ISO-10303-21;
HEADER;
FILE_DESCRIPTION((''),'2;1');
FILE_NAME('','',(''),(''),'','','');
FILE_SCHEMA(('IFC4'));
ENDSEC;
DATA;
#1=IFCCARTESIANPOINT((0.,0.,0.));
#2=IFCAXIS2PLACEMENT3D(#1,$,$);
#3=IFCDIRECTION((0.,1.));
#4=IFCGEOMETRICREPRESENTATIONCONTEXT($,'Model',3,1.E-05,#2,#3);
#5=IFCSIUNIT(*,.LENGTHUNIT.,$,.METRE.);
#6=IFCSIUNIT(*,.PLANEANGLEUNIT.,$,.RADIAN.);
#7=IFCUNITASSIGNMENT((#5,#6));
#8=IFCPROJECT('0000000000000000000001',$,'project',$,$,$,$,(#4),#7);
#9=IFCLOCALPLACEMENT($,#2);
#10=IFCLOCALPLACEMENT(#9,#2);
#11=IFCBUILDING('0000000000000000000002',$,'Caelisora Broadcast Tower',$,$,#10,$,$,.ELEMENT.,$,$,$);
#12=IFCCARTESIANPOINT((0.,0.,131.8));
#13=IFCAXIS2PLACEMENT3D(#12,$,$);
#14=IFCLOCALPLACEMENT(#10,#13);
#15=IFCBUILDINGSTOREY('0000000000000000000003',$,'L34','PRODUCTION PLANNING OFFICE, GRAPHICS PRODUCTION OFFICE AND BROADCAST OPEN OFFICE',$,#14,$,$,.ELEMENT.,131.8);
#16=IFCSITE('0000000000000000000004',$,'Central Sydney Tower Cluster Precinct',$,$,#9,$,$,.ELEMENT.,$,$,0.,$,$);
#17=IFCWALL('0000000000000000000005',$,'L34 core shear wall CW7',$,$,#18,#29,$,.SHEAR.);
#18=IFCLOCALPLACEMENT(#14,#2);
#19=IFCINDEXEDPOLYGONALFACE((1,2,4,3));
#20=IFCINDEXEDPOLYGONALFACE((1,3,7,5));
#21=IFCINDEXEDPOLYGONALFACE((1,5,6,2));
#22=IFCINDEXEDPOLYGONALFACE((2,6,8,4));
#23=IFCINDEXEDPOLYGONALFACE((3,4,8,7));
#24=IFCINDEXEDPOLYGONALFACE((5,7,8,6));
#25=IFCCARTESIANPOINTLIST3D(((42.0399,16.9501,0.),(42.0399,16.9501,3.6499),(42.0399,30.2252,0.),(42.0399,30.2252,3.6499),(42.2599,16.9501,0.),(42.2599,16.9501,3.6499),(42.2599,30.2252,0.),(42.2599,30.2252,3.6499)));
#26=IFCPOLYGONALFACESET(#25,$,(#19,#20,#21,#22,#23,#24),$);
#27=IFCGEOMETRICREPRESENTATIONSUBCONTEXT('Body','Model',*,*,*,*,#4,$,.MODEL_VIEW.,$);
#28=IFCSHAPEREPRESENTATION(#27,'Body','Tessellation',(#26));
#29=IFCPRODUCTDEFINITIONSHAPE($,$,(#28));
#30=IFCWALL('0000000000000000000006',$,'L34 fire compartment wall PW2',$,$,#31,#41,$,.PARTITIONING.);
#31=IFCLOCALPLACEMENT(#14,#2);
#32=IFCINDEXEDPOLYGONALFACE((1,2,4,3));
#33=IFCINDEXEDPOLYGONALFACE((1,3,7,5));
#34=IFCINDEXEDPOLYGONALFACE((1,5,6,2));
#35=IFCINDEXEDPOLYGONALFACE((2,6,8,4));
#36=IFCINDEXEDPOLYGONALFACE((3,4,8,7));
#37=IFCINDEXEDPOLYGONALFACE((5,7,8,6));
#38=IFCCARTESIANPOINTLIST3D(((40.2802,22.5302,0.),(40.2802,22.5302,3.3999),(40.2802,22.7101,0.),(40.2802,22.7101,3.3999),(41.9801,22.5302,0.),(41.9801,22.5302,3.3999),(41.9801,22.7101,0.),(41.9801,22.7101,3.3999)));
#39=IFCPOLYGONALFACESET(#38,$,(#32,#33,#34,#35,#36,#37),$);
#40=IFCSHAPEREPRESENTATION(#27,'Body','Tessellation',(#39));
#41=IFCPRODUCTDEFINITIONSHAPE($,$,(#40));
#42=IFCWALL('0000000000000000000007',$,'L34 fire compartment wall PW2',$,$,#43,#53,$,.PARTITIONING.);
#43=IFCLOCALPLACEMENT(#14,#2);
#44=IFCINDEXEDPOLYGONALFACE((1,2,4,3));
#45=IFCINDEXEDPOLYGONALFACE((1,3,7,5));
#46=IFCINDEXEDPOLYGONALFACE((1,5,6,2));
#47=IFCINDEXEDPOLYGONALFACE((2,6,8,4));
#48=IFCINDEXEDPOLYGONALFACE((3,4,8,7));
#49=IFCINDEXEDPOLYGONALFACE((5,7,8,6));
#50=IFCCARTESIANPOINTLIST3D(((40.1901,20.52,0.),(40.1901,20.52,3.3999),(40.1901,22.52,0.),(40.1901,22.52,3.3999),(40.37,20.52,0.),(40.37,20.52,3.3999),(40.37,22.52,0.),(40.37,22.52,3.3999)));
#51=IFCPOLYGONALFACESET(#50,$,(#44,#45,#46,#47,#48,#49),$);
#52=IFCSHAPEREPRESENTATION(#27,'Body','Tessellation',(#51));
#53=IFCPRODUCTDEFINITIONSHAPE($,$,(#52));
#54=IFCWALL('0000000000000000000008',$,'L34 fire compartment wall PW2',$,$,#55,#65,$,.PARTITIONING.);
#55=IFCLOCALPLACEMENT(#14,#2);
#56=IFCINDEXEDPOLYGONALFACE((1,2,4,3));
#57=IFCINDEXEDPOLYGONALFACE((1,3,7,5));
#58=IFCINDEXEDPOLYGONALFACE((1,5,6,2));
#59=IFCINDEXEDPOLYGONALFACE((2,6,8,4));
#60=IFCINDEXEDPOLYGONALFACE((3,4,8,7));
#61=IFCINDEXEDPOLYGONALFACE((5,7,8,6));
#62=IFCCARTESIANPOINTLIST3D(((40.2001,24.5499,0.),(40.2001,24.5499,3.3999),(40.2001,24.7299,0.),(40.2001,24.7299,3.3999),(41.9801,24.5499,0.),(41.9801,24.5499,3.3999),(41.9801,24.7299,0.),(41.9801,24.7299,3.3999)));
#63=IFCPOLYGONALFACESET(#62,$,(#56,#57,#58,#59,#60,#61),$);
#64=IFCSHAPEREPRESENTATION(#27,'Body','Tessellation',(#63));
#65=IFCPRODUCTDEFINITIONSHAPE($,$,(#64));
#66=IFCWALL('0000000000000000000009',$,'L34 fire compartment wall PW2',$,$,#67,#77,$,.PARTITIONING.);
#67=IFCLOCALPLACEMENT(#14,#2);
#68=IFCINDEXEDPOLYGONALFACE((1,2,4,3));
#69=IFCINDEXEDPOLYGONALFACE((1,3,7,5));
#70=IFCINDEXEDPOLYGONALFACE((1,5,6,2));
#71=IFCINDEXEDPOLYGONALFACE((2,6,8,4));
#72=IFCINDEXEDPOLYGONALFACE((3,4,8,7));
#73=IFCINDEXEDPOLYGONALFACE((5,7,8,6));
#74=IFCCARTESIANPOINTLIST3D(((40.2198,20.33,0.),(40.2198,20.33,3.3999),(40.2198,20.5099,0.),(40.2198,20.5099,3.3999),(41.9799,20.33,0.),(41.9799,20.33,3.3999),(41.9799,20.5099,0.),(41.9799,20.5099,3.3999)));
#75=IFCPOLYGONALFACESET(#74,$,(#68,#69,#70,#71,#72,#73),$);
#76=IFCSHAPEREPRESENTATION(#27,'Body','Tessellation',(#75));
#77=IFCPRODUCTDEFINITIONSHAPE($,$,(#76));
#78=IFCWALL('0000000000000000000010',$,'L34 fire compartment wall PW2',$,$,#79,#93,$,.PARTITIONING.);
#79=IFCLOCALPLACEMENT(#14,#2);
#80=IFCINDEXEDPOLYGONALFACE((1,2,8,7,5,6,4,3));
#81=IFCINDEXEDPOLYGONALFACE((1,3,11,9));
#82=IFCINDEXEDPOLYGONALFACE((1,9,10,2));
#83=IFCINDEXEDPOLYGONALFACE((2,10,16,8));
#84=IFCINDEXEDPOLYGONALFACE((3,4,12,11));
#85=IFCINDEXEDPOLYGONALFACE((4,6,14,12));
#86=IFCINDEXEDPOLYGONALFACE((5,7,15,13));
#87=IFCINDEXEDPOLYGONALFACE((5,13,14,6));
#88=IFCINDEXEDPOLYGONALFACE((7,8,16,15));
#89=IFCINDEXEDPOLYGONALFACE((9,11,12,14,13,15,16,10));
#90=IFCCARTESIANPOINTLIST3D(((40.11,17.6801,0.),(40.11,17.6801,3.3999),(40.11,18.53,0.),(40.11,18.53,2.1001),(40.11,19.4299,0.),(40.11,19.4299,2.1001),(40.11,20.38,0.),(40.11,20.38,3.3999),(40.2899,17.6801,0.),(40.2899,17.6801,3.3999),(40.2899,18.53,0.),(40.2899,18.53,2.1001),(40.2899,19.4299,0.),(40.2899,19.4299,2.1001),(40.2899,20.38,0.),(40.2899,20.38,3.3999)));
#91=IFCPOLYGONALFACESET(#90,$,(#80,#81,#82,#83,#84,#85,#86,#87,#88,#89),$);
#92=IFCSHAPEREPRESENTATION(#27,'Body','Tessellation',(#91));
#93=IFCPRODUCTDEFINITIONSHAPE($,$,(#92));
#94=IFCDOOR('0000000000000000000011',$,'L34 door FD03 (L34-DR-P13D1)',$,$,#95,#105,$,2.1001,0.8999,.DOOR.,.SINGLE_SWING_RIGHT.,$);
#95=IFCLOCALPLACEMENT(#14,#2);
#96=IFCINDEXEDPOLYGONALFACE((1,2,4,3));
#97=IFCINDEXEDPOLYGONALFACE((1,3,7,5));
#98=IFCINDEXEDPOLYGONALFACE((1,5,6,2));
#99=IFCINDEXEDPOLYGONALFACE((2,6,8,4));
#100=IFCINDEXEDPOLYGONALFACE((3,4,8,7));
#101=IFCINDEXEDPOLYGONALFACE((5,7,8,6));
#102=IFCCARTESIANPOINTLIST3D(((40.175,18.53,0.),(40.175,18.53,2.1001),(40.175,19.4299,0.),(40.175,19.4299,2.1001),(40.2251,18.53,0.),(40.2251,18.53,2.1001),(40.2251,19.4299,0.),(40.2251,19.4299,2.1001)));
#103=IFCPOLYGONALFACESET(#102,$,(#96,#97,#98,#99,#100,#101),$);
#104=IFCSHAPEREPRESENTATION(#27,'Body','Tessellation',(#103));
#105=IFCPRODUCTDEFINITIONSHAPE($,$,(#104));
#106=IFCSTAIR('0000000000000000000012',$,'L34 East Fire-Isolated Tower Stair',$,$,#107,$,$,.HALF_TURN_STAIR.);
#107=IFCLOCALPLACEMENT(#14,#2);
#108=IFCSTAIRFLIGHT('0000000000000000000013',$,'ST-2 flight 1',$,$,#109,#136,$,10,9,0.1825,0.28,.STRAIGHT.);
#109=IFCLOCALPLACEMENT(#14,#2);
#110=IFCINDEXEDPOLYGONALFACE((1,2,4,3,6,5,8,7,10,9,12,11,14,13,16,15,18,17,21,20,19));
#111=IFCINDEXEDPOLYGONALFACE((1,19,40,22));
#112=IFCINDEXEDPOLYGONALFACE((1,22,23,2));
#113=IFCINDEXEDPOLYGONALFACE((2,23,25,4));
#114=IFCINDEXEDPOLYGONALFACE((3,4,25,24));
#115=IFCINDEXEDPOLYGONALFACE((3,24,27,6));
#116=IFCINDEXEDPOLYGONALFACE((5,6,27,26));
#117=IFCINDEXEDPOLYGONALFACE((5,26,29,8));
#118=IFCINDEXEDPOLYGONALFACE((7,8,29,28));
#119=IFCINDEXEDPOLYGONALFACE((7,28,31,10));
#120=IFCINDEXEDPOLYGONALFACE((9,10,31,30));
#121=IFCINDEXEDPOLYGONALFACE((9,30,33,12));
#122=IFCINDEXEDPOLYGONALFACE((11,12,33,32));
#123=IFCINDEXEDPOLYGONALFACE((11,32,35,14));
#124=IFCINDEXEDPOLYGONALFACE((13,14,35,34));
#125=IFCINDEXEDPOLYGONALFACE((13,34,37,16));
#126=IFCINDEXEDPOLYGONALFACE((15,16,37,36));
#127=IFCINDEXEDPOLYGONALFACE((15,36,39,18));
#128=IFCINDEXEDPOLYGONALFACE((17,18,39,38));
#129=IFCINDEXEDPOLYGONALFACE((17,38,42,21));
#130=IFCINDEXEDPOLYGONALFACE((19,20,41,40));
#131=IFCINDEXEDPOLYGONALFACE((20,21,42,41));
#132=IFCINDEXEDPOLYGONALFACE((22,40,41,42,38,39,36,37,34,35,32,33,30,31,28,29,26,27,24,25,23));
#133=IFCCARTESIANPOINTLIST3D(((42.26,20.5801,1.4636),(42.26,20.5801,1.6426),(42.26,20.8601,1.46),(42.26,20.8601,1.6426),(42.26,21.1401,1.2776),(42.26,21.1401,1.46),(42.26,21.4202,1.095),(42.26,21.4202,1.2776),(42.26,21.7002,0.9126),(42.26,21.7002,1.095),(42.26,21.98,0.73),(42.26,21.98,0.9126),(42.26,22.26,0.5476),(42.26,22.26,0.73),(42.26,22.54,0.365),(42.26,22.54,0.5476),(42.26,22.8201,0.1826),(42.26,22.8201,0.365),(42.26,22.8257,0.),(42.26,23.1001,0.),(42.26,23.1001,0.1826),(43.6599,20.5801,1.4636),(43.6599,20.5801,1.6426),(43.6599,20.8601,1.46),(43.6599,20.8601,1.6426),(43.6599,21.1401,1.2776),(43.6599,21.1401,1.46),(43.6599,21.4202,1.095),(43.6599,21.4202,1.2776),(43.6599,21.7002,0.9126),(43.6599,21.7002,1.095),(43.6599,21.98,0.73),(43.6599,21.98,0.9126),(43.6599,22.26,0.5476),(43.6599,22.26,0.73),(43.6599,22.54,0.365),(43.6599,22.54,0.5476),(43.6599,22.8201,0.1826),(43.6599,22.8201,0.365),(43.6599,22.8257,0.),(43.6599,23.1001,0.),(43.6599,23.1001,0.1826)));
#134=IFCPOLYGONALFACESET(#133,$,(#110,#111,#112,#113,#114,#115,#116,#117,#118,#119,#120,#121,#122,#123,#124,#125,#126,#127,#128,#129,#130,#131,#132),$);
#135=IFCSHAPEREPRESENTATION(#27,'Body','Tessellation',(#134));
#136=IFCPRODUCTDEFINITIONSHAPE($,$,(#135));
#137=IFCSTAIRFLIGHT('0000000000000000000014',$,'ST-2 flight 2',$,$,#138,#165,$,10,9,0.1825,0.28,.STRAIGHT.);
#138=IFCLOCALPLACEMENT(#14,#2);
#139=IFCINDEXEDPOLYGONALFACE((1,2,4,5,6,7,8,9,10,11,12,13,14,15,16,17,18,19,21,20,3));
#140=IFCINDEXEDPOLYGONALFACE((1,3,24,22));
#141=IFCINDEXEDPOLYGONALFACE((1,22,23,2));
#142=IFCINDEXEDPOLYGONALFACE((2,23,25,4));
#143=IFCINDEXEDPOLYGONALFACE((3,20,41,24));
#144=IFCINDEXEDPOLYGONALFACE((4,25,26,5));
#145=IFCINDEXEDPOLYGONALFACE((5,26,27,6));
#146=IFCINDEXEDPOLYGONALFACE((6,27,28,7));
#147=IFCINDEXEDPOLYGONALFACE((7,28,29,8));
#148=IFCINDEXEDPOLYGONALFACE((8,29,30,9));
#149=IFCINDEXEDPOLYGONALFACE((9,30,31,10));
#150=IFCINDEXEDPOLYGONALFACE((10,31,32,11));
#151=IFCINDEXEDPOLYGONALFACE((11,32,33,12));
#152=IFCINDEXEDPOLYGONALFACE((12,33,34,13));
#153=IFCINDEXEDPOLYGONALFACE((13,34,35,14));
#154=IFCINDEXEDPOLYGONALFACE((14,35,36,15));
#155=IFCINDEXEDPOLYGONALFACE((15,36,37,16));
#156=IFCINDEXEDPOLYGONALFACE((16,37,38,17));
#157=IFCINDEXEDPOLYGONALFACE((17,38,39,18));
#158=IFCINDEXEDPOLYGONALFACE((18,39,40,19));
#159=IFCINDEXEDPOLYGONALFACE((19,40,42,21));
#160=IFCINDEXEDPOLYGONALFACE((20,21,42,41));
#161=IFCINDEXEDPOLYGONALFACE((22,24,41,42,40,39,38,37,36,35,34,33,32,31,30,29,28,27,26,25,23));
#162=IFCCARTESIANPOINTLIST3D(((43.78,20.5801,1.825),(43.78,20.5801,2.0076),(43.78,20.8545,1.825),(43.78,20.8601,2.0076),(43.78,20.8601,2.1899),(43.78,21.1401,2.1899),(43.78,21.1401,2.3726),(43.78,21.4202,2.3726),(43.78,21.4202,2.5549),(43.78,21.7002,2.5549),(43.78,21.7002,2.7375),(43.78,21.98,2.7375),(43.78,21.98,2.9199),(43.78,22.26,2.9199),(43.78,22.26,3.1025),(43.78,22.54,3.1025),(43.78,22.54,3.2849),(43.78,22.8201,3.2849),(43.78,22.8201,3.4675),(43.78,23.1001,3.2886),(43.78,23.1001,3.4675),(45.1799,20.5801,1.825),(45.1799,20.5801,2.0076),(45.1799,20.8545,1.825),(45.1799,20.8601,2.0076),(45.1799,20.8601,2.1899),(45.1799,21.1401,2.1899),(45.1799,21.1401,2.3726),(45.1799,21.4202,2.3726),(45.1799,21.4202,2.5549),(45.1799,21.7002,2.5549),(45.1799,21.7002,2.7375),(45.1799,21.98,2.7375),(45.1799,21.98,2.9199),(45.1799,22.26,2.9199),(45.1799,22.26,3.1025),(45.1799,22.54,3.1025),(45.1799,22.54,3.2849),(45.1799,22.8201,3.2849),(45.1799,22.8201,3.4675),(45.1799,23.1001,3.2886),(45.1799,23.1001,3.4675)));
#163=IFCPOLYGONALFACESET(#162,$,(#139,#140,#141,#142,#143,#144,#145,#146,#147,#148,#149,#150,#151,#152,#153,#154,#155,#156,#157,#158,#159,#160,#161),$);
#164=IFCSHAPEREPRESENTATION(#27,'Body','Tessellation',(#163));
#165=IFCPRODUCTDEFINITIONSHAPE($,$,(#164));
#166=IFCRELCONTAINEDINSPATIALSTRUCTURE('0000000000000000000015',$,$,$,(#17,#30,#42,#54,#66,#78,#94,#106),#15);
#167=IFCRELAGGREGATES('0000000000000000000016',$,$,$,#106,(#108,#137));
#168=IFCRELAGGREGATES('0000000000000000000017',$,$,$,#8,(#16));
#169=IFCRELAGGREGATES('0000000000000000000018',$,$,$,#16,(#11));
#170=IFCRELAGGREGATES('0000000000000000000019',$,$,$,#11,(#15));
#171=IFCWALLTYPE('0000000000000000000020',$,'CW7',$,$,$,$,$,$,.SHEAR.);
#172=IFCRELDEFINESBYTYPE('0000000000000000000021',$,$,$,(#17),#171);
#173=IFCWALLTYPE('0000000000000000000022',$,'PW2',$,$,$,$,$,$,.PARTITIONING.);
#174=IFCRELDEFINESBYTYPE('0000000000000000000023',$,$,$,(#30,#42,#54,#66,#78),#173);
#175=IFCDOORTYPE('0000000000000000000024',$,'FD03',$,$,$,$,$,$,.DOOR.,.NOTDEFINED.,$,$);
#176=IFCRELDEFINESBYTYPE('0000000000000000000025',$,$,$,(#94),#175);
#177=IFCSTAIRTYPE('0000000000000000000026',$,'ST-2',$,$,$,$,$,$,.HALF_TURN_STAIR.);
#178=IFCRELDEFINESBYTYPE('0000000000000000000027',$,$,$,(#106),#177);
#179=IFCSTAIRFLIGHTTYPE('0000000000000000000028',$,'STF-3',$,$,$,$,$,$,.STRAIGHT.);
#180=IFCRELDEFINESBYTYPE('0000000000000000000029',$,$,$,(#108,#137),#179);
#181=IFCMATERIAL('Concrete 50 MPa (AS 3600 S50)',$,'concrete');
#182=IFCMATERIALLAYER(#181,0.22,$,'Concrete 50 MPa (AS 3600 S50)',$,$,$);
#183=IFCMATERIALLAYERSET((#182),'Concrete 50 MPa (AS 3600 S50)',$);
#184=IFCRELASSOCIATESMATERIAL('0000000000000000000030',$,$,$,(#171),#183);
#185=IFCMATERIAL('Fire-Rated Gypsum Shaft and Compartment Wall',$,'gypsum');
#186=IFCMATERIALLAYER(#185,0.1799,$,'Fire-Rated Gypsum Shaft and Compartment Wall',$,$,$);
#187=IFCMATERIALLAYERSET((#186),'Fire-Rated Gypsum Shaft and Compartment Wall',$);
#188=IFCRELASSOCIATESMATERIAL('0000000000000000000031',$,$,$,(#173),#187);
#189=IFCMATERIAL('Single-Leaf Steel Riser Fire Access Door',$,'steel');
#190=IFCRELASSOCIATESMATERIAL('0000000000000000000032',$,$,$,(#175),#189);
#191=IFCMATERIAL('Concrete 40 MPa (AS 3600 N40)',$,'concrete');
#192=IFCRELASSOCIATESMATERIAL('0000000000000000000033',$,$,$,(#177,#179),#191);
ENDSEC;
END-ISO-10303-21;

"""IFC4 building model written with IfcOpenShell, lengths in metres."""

from ifc_helpers import new_model, si_unit, direction, frame, frame_2d, origin, place, context, subcontext, project, spatial, polyline, rectangle, outline, extrude, material, layer, layer_set, type_object, element, fill, aggregate, save


model = new_model("IFC4")

# Units and contexts
model_context = context("Model", 3, precision=1e-05, world=origin(), true_north=direction((0.0, 1.0)))
body_context = subcontext(model_context, "Body", "Model", "MODEL_VIEW")
ifc_project = project(units=[si_unit("LENGTHUNIT", "METRE"), si_unit("PLANEANGLEUNIT", "RADIAN")], contexts=[model_context])

# Site, building, storey
site_placement = place(None, origin())
site = spatial("IfcSite", under=ifc_project, at=site_placement, Name="Central Sydney Tower Cluster Precinct", CompositionType="ELEMENT", RefElevation=0.0)
building_placement = place(site_placement, origin())
building = spatial("IfcBuilding", under=site, at=building_placement, Name="Caelisora Broadcast Tower", CompositionType="ELEMENT")
storey_placement = place(building_placement, frame((0.0, 0.0, 131.8)))
storey = spatial("IfcBuildingStorey", under=building, at=storey_placement, Name="L34", Description="PRODUCTION PLANNING OFFICE, GRAPHICS PRODUCTION OFFICE AND BROADCAST OPEN OFFICE", CompositionType="ELEMENT", Elevation=131.8)

# Shared definitions
ifc_material_1 = material(Name="Concrete 50 MPa (AS 3600 S50)", Category="concrete")

# Walls
ifc_layer_1 = layer(ifc_material_1, 0.22, Name="Concrete 50 MPa (AS 3600 S50)")
ifc_layer_set_1 = layer_set([ifc_layer_1], Name="Concrete 50 MPa (AS 3600 S50)")
wall_type_1 = type_object("IfcWallType", Name="CW7", PredefinedType="SHEAR", material=ifc_layer_set_1)
wall_1_placement = place(storey_placement, frame((42.1499, 16.95, 0.0), z_axis=(0.0, 0.0, 1.0), x_axis=(0.0, 1.0, 0.0)))
element("IfcWall", 1, at=wall_1_placement, inside=storey, type_object=wall_type_1, Name="L34 core shear wall CW7", PredefinedType="SHEAR", context=body_context, shape_type="SweptSolid", body=[
    extrude(rectangle(XDim=13.2751, YDim=0.22, at=frame_2d((6.6377, 0.0))), origin(), (0.0, 0.0, 1.0), 3.6499),
])
ifc_material_2 = material(Name="Fire-Rated Gypsum Shaft and Compartment Wall", Category="gypsum")
ifc_layer_2 = layer(ifc_material_2, 0.1799, Name="Fire-Rated Gypsum Shaft and Compartment Wall")
ifc_layer_set_2 = layer_set([ifc_layer_2], Name="Fire-Rated Gypsum Shaft and Compartment Wall")
wall_type_2 = type_object("IfcWallType", Name="PW2", PredefinedType="PARTITIONING", material=ifc_layer_set_2)
wall_2_placement = place(storey_placement, frame((40.28, 22.6201, 0.0), z_axis=(0.0, 0.0, 1.0), x_axis=(1.0, 0.0, 0.0)))
element("IfcWall", 2, at=wall_2_placement, inside=storey, type_object=wall_type_2, Name="L34 fire compartment wall PW2", PredefinedType="PARTITIONING", context=body_context, shape_type="SweptSolid", body=[
    extrude(rectangle(XDim=1.7, YDim=0.1799, at=frame_2d((0.8501, 0.0))), origin(), (0.0, 0.0, 1.0), 3.3999),
])
wall_3_placement = place(storey_placement, frame((40.28, 20.52, 0.0), z_axis=(0.0, 0.0, 1.0), x_axis=(0.0, 1.0, 0.0)))
element("IfcWall", 3, at=wall_3_placement, inside=storey, type_object=wall_type_2, Name="L34 fire compartment wall PW2", PredefinedType="PARTITIONING", context=body_context, shape_type="SweptSolid", body=[
    extrude(rectangle(XDim=2.0, YDim=0.1799, at=frame_2d((1.0, 0.0))), origin(), (0.0, 0.0, 1.0), 3.3999),
])
wall_4_placement = place(storey_placement, frame((40.2, 24.6399, 0.0), z_axis=(0.0, 0.0, 1.0), x_axis=(1.0, 0.0, 0.0)))
element("IfcWall", 4, at=wall_4_placement, inside=storey, type_object=wall_type_2, Name="L34 fire compartment wall PW2", PredefinedType="PARTITIONING", context=body_context, shape_type="SweptSolid", body=[
    extrude(rectangle(XDim=1.78, YDim=0.1799, at=frame_2d((0.8901, 0.0))), origin(), (0.0, 0.0, 1.0), 3.3999),
])
wall_5_placement = place(storey_placement, frame((40.22, 20.4199, 0.0), z_axis=(0.0, 0.0, 1.0), x_axis=(1.0, 0.0, 0.0)))
element("IfcWall", 5, at=wall_5_placement, inside=storey, type_object=wall_type_2, Name="L34 fire compartment wall PW2", PredefinedType="PARTITIONING", context=body_context, shape_type="SweptSolid", body=[
    extrude(rectangle(XDim=1.76, YDim=0.1799, at=frame_2d((0.8799, 0.0))), origin(), (0.0, 0.0, 1.0), 3.3999),
])

# Wall, opening, door
wall_6_placement = place(storey_placement, frame((40.2, 17.6799, 0.0), z_axis=(0.0, 0.0, 1.0), x_axis=(0.0, 1.0, 0.0)))
wall_6 = element("IfcWall", 6, at=wall_6_placement, inside=storey, type_object=wall_type_2, Name="L34 fire compartment wall PW2", PredefinedType="PARTITIONING", context=body_context, shape_type="SweptSolid", body=[
    extrude(rectangle(XDim=2.7, YDim=0.1799, at=frame_2d((1.3501, 0.0))), origin(), (0.0, 0.0, 1.0), 3.3999),
])
opening_1_placement = place(wall_6_placement, frame((0.8501, 0.0, 0.0)))
opening_1 = element("IfcOpeningElement", 7, at=opening_1_placement, cuts=wall_6, PredefinedType="OPENING", context=body_context, shape_type="SweptSolid", body=[
    extrude(rectangle(XDim=0.8999, YDim=2.1001, at=frame_2d((0.45, 1.05))), frame((0.0, 0.1021, 0.0), z_axis=(0.0, -1.0, 0.0), x_axis=(1.0, 0.0, 0.0)), (0.0, 0.0, 1.0), 0.2039),
])
ifc_material_3 = material(Name="Single-Leaf Steel Riser Fire Access Door", Category="steel")
door_type_1 = type_object("IfcDoorType", Name="FD03", OperationType="NOTDEFINED", PredefinedType="DOOR", material=ifc_material_3)
door_1_placement = place(opening_1_placement, origin())
door_1 = element("IfcDoor", 8, at=door_1_placement, inside=storey, type_object=door_type_1, Name="L34 door FD03 (L34-DR-P13D1)", OperationType="SINGLE_SWING_RIGHT", OverallHeight=2.1001, OverallWidth=0.8999, PredefinedType="DOOR", context=body_context, shape_type="SweptSolid", body=[
    extrude(rectangle(XDim=0.8999, YDim=2.1001, at=frame_2d((0.45, 1.05))), frame((0.0, 0.0249, 0.0), z_axis=(0.0, -1.0, 0.0), x_axis=(1.0, 0.0, 0.0)), (0.0, 0.0, 1.0), 0.05),
])
fill(opening_1, door_1)

# Stair, stair flights
ifc_material_4 = material(Name="Concrete 40 MPa (AS 3600 N40)", Category="concrete")
stair_type = type_object("IfcStairType", Name="ST-2", PredefinedType="HALF_TURN_STAIR", material=ifc_material_4)
stair_placement = place(storey_placement, origin())
stair = element("IfcStair", 9, at=stair_placement, inside=storey, type_object=stair_type, Name="L34 East Fire-Isolated Tower Stair", PredefinedType="HALF_TURN_STAIR")
stair_flight_type = type_object("IfcStairFlightType", Name="STF-3", PredefinedType="STRAIGHT", material=ifc_material_4)
stair_flight_1_placement = place(storey_placement, frame((42.96, 23.1001, 0.0), z_axis=(0.0, 0.0, 1.0), x_axis=(0.0, -1.0, 0.0)))
stair_flight_1 = element("IfcStairFlight", 10, at=stair_flight_1_placement, type_object=stair_flight_type, Name="ST-2 flight 1", NumberOfRisers=10, NumberOfTreads=9, PredefinedType="STRAIGHT", RiserHeight=0.1825, TreadLength=0.28, context=body_context, shape_type="SweptSolid", body=[
    extrude(outline(polyline([(0.0, 0.0), (0.0, 0.1826), (0.28, 0.1826), (0.28, 0.365), (0.5601, 0.365), (0.5601, 0.5476), (0.8401, 0.5476), (0.8401, 0.73), (1.1201, 0.73), (1.1201, 0.9126), (1.3999, 0.9126), (1.3999, 1.095), (1.6799, 1.095), (1.6799, 1.2776), (1.96, 1.2776), (1.96, 1.46), (2.24, 1.46), (2.24, 1.6426), (2.52, 1.6426), (2.52, 1.825), (2.52, 1.4636), (0.2744, 0.0), (0.0, 0.0)])), frame((0.0, 0.7, 0.0), z_axis=(0.0, -1.0, 0.0), x_axis=(1.0, 0.0, 0.0)), (0.0, 0.0, 1.0), 1.3999),
])
stair_flight_2_placement = place(storey_placement, frame((44.48, 20.5801, 1.825), z_axis=(0.0, 0.0, 1.0), x_axis=(0.0, 1.0, 0.0)))
stair_flight_2 = element("IfcStairFlight", 11, at=stair_flight_2_placement, type_object=stair_flight_type, Name="ST-2 flight 2", NumberOfRisers=10, NumberOfTreads=9, PredefinedType="STRAIGHT", RiserHeight=0.1825, TreadLength=0.28, context=body_context, shape_type="SweptSolid", body=[
    extrude(outline(polyline([(0.0, 0.0), (0.0, 0.1826), (0.28, 0.1826), (0.28, 0.365), (0.5601, 0.365), (0.5601, 0.5476), (0.8401, 0.5476), (0.8401, 0.73), (1.1201, 0.73), (1.1201, 0.9126), (1.3999, 0.9126), (1.3999, 1.095), (1.6799, 1.095), (1.6799, 1.2776), (1.96, 1.2776), (1.96, 1.46), (2.24, 1.46), (2.24, 1.6426), (2.52, 1.6426), (2.52, 1.825), (2.52, 1.4636), (0.2744, 0.0), (0.0, 0.0)])), frame((0.0, 0.7, 0.0), z_axis=(0.0, -1.0, 0.0), x_axis=(1.0, 0.0, 0.0)), (0.0, 0.0, 1.0), 1.3999),
])
aggregate(stair, [stair_flight_1, stair_flight_2])

save(model, "model.ifc")
